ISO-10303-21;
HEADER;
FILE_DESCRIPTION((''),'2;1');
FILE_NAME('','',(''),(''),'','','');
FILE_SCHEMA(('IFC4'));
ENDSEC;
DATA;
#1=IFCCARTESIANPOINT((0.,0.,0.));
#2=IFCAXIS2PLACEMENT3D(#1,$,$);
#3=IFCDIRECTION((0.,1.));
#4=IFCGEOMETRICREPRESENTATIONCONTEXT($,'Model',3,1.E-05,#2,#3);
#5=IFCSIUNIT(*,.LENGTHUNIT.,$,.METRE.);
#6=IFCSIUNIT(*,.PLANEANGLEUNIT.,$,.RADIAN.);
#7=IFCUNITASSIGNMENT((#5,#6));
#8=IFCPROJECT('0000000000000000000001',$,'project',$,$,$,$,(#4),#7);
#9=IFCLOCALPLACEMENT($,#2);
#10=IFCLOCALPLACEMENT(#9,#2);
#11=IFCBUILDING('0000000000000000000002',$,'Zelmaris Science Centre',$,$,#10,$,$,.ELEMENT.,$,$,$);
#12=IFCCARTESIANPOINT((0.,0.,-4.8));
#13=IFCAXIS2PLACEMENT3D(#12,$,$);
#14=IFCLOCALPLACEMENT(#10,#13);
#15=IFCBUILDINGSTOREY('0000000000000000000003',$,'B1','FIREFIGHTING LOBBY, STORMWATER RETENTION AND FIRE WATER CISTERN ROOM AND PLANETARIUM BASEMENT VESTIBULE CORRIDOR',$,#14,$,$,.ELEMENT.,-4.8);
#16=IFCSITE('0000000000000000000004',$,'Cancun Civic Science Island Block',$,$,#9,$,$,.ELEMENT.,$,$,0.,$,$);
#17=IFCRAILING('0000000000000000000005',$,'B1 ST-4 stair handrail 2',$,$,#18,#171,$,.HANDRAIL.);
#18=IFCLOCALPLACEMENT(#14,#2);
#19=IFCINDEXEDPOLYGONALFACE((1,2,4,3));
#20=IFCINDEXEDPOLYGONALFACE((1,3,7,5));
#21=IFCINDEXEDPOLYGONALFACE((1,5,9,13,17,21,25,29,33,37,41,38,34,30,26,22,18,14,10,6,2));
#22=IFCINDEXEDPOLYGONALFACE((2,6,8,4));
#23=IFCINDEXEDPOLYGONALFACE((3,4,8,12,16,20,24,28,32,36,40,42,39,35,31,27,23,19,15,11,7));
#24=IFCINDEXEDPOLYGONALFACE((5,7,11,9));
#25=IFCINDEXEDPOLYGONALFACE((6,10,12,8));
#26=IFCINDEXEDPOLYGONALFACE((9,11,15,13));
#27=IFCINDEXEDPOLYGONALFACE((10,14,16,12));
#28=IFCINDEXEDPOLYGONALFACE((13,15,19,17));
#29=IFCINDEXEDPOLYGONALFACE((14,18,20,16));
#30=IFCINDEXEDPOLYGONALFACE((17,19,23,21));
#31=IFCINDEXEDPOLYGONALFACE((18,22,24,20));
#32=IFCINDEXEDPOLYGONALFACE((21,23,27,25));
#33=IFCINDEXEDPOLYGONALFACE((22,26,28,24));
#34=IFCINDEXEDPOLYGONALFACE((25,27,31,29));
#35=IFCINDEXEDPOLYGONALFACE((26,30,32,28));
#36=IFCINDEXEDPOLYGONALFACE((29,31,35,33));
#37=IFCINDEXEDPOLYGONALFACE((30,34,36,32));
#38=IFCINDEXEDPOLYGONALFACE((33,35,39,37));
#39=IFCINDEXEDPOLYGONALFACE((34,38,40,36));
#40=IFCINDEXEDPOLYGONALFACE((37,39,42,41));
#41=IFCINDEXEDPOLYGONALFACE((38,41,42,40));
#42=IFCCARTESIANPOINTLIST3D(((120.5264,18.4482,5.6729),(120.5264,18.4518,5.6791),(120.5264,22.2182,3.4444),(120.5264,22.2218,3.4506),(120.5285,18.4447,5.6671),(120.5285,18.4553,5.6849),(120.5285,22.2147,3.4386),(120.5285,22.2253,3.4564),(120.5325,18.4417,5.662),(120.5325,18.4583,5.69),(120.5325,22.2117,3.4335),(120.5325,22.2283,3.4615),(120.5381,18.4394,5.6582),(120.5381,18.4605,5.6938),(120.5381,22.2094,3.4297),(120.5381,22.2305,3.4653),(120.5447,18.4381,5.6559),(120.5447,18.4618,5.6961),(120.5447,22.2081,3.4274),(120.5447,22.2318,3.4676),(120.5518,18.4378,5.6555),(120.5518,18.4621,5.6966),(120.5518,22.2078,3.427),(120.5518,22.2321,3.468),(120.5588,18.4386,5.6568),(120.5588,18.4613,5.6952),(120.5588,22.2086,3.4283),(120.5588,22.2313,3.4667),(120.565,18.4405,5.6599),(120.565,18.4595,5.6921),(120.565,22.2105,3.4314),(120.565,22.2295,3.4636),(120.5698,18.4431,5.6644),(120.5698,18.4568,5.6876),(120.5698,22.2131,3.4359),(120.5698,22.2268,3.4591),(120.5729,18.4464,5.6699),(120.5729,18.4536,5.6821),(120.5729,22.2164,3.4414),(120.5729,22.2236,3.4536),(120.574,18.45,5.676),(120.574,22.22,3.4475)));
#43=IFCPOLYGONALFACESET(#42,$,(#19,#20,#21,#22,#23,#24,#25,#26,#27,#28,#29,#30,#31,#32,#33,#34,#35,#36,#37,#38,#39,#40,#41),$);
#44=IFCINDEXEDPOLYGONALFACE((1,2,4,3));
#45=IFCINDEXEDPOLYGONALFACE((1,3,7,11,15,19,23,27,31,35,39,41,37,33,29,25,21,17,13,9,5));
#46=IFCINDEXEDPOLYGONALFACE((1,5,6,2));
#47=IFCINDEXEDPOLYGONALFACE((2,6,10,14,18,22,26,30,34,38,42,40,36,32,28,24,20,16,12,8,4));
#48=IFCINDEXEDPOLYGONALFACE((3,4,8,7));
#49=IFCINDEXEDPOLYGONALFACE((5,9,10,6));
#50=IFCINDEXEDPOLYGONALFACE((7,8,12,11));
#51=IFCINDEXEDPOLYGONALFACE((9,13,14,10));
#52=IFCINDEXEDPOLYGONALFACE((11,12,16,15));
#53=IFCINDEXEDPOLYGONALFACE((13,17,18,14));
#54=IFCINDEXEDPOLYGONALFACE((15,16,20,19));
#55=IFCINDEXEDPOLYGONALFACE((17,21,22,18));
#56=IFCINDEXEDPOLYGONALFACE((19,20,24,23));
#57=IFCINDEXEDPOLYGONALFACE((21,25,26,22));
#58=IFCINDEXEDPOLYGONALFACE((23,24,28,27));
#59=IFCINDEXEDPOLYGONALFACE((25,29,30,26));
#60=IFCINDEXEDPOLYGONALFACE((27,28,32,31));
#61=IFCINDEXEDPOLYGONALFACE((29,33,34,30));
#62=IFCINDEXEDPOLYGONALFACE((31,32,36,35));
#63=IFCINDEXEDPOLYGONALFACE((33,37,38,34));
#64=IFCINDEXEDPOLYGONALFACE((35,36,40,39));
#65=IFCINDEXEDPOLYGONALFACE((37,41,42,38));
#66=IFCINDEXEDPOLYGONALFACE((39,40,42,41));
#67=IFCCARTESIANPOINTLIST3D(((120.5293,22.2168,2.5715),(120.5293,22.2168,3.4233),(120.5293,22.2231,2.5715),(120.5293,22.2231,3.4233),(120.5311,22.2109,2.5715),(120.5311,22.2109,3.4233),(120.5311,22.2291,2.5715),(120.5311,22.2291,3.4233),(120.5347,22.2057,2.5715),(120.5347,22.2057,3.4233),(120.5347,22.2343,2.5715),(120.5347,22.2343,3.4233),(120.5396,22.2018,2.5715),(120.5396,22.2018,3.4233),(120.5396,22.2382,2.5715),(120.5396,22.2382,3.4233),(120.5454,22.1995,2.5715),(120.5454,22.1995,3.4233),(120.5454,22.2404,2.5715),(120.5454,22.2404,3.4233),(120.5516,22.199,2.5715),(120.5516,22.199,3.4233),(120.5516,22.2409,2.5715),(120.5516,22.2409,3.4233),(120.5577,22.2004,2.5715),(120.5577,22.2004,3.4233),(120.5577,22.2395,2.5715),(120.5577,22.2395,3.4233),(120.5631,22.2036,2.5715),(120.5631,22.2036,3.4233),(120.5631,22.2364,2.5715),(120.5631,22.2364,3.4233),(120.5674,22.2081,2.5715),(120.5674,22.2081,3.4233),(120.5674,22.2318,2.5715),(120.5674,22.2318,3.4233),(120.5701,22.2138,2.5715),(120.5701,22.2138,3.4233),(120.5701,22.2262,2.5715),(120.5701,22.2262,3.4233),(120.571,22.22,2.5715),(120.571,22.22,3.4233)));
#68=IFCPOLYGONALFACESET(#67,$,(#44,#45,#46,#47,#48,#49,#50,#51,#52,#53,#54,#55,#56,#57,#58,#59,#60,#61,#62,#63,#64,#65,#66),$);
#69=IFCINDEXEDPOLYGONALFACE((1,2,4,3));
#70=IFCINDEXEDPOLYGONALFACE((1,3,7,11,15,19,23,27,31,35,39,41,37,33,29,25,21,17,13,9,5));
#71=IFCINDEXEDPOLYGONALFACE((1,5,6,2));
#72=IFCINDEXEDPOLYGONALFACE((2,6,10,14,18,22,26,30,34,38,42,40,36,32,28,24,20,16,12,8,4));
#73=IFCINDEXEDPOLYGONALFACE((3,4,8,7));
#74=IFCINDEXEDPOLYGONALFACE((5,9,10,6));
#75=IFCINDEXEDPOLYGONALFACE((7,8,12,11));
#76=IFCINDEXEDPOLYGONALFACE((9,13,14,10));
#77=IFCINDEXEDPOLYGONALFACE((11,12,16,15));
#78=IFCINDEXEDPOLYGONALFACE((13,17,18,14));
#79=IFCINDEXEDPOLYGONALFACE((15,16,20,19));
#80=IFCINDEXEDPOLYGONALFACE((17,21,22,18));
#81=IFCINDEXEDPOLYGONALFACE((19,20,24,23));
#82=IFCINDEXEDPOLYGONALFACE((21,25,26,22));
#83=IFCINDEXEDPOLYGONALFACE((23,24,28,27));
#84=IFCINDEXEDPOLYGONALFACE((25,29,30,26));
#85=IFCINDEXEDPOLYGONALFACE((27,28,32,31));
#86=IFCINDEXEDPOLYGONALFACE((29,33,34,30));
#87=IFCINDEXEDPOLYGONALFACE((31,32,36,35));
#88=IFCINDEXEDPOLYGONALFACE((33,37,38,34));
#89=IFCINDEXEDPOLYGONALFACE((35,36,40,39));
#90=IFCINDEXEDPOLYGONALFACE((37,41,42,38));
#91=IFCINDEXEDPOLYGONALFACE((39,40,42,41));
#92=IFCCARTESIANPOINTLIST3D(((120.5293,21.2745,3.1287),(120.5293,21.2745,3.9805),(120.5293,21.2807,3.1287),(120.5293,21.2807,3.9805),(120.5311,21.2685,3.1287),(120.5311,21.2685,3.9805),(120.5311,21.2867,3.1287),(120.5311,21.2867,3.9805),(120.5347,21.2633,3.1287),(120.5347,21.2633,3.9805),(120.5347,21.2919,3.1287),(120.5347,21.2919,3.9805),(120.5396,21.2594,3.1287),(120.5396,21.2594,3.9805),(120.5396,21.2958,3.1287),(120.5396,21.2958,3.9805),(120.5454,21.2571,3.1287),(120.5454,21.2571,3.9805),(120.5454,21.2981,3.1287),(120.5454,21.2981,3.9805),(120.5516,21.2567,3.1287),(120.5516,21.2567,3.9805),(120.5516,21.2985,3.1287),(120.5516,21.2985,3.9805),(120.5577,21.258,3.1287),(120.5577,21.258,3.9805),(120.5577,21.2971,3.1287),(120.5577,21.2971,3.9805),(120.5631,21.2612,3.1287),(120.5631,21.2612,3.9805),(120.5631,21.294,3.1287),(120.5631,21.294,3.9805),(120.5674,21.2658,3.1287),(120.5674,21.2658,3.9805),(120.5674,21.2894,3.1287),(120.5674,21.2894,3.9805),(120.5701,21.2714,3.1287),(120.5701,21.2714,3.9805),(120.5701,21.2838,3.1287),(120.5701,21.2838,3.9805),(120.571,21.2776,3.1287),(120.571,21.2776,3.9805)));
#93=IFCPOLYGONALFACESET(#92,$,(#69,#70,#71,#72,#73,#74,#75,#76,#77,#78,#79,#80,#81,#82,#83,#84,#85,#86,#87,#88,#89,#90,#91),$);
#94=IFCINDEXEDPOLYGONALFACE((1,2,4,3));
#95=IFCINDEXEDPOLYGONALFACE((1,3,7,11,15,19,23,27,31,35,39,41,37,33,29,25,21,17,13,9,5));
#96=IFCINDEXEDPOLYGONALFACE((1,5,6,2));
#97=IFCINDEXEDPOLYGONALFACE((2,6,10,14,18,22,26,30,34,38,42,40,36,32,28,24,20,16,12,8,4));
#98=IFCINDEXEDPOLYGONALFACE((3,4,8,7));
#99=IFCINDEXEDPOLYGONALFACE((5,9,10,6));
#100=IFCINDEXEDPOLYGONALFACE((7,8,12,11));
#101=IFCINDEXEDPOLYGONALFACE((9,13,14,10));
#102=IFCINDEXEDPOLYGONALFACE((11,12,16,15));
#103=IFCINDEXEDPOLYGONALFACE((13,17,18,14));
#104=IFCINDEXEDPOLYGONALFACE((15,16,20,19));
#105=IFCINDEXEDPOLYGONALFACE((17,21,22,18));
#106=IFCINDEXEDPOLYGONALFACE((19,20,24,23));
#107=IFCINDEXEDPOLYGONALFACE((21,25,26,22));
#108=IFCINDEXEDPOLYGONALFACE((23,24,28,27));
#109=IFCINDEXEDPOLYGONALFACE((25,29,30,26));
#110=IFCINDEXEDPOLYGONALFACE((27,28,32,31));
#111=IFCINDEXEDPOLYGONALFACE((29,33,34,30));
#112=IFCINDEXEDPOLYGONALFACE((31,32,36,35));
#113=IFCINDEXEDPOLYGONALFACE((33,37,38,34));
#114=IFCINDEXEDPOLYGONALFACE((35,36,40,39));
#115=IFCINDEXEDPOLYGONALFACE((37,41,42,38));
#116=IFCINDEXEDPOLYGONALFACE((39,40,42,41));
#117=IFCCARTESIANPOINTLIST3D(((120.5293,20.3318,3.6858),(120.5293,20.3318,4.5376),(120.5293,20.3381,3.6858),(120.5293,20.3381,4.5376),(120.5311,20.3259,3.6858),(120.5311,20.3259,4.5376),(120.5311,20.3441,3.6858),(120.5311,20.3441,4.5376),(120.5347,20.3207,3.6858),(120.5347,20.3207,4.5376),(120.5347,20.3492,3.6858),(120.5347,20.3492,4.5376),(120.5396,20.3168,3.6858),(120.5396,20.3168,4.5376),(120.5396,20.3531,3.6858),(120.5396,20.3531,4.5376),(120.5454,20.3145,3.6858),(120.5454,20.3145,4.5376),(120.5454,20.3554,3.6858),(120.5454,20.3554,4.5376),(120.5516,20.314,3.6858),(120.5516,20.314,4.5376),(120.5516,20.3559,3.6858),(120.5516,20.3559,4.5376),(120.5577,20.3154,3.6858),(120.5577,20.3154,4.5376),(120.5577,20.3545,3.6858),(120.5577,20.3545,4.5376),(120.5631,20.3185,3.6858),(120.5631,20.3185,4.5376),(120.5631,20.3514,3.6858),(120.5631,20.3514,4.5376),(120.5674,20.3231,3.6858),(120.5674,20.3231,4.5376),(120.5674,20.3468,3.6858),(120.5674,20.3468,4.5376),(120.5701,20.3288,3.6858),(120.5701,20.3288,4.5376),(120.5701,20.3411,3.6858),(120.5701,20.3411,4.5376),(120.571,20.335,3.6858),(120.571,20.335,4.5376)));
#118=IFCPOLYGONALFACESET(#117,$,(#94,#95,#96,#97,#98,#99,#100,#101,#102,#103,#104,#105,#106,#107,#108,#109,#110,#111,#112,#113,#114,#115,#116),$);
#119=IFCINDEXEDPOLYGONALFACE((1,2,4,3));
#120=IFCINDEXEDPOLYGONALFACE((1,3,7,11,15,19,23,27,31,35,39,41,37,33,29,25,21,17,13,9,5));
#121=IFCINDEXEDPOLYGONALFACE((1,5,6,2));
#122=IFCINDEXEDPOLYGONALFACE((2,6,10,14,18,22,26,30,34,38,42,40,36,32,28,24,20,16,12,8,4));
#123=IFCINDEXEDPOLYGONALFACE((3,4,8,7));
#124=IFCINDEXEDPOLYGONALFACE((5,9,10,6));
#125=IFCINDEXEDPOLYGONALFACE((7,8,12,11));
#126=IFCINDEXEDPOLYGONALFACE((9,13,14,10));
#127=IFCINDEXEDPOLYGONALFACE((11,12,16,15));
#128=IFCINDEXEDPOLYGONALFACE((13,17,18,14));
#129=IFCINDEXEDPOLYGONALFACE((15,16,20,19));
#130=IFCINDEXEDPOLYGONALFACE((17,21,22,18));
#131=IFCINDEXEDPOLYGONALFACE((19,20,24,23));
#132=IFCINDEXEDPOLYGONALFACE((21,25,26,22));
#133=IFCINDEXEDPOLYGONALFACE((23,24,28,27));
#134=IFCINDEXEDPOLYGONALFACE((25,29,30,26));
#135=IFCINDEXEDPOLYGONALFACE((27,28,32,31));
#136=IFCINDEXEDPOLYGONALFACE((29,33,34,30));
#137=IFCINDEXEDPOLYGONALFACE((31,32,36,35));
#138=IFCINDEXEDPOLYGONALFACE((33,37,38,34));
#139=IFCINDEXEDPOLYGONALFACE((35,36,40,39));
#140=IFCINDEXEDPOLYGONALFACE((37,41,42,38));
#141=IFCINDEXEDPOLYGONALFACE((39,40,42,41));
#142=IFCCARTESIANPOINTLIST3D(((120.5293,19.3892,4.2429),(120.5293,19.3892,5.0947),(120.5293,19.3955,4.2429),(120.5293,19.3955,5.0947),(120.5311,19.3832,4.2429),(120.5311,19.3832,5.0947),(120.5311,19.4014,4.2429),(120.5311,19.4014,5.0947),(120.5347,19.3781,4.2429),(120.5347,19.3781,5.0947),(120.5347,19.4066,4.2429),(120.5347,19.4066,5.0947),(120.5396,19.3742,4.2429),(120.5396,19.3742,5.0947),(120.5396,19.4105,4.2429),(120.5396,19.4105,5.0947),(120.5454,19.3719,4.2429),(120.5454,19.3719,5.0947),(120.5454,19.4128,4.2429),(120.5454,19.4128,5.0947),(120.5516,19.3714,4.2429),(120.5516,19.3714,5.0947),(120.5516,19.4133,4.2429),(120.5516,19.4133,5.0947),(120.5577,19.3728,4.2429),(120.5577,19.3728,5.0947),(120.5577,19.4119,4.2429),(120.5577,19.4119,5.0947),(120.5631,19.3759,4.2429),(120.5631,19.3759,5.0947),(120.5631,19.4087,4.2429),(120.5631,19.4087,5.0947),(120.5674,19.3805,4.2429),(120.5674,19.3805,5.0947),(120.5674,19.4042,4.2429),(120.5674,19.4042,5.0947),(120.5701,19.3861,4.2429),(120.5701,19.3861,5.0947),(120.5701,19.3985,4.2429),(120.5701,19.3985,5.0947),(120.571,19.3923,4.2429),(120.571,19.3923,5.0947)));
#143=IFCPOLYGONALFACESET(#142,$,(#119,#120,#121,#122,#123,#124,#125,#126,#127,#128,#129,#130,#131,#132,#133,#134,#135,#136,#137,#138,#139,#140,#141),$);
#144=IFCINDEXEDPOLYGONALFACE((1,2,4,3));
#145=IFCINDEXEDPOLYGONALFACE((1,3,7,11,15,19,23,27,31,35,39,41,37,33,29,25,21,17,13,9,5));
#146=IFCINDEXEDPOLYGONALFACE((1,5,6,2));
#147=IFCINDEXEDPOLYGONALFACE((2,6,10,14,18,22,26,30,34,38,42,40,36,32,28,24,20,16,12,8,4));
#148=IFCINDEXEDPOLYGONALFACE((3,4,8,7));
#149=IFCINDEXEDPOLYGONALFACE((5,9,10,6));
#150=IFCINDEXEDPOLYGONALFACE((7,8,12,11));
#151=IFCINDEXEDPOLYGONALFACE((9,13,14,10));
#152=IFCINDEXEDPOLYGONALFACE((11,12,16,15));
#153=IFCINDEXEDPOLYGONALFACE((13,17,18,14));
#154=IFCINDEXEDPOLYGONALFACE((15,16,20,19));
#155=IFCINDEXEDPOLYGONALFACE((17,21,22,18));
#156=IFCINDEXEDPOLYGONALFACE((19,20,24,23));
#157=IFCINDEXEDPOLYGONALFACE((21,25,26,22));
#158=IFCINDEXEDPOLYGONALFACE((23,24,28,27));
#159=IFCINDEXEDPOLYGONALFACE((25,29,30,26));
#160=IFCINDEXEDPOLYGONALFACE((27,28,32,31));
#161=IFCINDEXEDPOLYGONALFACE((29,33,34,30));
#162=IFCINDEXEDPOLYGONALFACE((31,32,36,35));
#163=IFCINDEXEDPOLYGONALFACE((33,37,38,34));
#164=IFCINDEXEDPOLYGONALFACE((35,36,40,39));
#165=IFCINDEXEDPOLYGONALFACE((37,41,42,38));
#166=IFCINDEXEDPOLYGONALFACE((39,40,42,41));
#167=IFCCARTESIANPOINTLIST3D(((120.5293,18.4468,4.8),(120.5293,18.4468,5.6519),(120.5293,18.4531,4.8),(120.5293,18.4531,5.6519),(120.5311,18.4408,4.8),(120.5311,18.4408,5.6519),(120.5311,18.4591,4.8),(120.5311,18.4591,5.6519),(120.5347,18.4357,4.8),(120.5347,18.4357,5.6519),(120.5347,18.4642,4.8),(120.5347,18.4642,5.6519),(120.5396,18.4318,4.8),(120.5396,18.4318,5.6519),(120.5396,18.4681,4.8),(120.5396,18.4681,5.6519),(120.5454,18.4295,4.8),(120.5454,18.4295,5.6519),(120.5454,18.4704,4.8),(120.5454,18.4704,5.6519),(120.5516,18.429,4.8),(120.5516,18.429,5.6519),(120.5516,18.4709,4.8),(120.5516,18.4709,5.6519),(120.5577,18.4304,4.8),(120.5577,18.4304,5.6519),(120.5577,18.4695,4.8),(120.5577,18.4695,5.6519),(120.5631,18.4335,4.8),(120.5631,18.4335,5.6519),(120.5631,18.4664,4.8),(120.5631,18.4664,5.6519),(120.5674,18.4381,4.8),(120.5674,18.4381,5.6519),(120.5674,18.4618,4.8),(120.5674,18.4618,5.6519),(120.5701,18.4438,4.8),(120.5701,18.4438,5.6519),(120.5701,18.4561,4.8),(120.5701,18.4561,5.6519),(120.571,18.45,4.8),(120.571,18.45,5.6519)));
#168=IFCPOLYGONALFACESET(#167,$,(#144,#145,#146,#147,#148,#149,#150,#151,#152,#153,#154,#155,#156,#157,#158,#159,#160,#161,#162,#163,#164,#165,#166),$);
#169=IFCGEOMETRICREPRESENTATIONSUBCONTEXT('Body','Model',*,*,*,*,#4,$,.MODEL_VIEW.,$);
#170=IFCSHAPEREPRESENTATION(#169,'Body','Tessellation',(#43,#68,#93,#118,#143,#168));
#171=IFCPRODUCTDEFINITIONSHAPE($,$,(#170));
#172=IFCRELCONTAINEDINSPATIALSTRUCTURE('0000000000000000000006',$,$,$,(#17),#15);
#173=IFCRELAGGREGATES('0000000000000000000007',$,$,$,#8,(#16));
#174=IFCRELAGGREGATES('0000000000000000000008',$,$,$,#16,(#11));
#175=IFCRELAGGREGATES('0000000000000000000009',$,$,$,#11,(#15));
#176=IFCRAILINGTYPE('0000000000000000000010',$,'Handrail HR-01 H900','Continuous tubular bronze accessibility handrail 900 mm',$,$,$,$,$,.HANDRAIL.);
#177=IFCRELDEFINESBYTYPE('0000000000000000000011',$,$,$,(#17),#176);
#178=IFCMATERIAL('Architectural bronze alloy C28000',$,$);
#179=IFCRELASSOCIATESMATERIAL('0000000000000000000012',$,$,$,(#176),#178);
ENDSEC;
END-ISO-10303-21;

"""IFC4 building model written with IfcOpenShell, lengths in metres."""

from ifc_helpers import new_model, si_unit, direction, frame, origin, origin_2d, place, context, subcontext, project, spatial, circle, extrude, material, type_object, element, save


model = new_model("IFC4")

# Units and contexts
model_context = context("Model", 3, precision=1e-05, world=origin(), true_north=direction((0.0, 1.0)))
body_context = subcontext(model_context, "Body", "Model", "MODEL_VIEW")
ifc_project = project(units=[si_unit("LENGTHUNIT", "METRE"), si_unit("PLANEANGLEUNIT", "RADIAN")], contexts=[model_context])

# Site, building, storey
site_placement = place(None, origin())
site = spatial("IfcSite", under=ifc_project, at=site_placement, Name="Cancun Civic Science Island Block", CompositionType="ELEMENT", RefElevation=0.0)
building_placement = place(site_placement, origin())
building = spatial("IfcBuilding", under=site, at=building_placement, Name="Zelmaris Science Centre", CompositionType="ELEMENT")
storey_placement = place(building_placement, frame((0.0, 0.0, -4.8)))
storey = spatial("IfcBuildingStorey", under=building, at=storey_placement, Name="B1", Description="FIREFIGHTING LOBBY, STORMWATER RETENTION AND FIRE WATER CISTERN ROOM AND PLANETARIUM BASEMENT VESTIBULE CORRIDOR", CompositionType="ELEMENT", Elevation=-4.8)

# Railing
ifc_material_1 = material(Name="Architectural bronze alloy C28000")
railing_type = type_object("IfcRailingType", Name="Handrail HR-01 H900", Description="Continuous tubular bronze accessibility handrail 900 mm", PredefinedType="HANDRAIL", material=ifc_material_1)
railing_placement = place(storey_placement, frame((120.55, 22.22, 2.5715)))
element("IfcRailing", 1, at=railing_placement, inside=storey, type_object=railing_type, Name="B1 ST-4 stair handrail 2", PredefinedType="HANDRAIL", context=body_context, shape_type="SweptSolid", body=[
    extrude(circle(Radius=0.0239, at=origin_2d()), frame((0.0, 0.0, 0.876), z_axis=(0.0, -0.860849, 0.508861), x_axis=(1.0, 0.0, 0.0)), (0.0, 0.0, 1.0), 4.3794),
    extrude(circle(Radius=0.021, at=origin_2d()), origin(), (0.0, 0.0, 1.0), 0.8518),
    extrude(circle(Radius=0.021, at=origin_2d()), frame((0.0, -0.9424, 0.5571)), (0.0, 0.0, 1.0), 0.8518),
    extrude(circle(Radius=0.021, at=origin_2d()), frame((0.0, -1.885, 1.1143)), (0.0, 0.0, 1.0), 0.8518),
    extrude(circle(Radius=0.021, at=origin_2d()), frame((0.0, -2.8276, 1.6714)), (0.0, 0.0, 1.0), 0.8518),
    extrude(circle(Radius=0.021, at=origin_2d()), frame((0.0, -3.77, 2.2285)), (0.0, 0.0, 1.0), 0.8518),
])

save(model, "model.ifc")
